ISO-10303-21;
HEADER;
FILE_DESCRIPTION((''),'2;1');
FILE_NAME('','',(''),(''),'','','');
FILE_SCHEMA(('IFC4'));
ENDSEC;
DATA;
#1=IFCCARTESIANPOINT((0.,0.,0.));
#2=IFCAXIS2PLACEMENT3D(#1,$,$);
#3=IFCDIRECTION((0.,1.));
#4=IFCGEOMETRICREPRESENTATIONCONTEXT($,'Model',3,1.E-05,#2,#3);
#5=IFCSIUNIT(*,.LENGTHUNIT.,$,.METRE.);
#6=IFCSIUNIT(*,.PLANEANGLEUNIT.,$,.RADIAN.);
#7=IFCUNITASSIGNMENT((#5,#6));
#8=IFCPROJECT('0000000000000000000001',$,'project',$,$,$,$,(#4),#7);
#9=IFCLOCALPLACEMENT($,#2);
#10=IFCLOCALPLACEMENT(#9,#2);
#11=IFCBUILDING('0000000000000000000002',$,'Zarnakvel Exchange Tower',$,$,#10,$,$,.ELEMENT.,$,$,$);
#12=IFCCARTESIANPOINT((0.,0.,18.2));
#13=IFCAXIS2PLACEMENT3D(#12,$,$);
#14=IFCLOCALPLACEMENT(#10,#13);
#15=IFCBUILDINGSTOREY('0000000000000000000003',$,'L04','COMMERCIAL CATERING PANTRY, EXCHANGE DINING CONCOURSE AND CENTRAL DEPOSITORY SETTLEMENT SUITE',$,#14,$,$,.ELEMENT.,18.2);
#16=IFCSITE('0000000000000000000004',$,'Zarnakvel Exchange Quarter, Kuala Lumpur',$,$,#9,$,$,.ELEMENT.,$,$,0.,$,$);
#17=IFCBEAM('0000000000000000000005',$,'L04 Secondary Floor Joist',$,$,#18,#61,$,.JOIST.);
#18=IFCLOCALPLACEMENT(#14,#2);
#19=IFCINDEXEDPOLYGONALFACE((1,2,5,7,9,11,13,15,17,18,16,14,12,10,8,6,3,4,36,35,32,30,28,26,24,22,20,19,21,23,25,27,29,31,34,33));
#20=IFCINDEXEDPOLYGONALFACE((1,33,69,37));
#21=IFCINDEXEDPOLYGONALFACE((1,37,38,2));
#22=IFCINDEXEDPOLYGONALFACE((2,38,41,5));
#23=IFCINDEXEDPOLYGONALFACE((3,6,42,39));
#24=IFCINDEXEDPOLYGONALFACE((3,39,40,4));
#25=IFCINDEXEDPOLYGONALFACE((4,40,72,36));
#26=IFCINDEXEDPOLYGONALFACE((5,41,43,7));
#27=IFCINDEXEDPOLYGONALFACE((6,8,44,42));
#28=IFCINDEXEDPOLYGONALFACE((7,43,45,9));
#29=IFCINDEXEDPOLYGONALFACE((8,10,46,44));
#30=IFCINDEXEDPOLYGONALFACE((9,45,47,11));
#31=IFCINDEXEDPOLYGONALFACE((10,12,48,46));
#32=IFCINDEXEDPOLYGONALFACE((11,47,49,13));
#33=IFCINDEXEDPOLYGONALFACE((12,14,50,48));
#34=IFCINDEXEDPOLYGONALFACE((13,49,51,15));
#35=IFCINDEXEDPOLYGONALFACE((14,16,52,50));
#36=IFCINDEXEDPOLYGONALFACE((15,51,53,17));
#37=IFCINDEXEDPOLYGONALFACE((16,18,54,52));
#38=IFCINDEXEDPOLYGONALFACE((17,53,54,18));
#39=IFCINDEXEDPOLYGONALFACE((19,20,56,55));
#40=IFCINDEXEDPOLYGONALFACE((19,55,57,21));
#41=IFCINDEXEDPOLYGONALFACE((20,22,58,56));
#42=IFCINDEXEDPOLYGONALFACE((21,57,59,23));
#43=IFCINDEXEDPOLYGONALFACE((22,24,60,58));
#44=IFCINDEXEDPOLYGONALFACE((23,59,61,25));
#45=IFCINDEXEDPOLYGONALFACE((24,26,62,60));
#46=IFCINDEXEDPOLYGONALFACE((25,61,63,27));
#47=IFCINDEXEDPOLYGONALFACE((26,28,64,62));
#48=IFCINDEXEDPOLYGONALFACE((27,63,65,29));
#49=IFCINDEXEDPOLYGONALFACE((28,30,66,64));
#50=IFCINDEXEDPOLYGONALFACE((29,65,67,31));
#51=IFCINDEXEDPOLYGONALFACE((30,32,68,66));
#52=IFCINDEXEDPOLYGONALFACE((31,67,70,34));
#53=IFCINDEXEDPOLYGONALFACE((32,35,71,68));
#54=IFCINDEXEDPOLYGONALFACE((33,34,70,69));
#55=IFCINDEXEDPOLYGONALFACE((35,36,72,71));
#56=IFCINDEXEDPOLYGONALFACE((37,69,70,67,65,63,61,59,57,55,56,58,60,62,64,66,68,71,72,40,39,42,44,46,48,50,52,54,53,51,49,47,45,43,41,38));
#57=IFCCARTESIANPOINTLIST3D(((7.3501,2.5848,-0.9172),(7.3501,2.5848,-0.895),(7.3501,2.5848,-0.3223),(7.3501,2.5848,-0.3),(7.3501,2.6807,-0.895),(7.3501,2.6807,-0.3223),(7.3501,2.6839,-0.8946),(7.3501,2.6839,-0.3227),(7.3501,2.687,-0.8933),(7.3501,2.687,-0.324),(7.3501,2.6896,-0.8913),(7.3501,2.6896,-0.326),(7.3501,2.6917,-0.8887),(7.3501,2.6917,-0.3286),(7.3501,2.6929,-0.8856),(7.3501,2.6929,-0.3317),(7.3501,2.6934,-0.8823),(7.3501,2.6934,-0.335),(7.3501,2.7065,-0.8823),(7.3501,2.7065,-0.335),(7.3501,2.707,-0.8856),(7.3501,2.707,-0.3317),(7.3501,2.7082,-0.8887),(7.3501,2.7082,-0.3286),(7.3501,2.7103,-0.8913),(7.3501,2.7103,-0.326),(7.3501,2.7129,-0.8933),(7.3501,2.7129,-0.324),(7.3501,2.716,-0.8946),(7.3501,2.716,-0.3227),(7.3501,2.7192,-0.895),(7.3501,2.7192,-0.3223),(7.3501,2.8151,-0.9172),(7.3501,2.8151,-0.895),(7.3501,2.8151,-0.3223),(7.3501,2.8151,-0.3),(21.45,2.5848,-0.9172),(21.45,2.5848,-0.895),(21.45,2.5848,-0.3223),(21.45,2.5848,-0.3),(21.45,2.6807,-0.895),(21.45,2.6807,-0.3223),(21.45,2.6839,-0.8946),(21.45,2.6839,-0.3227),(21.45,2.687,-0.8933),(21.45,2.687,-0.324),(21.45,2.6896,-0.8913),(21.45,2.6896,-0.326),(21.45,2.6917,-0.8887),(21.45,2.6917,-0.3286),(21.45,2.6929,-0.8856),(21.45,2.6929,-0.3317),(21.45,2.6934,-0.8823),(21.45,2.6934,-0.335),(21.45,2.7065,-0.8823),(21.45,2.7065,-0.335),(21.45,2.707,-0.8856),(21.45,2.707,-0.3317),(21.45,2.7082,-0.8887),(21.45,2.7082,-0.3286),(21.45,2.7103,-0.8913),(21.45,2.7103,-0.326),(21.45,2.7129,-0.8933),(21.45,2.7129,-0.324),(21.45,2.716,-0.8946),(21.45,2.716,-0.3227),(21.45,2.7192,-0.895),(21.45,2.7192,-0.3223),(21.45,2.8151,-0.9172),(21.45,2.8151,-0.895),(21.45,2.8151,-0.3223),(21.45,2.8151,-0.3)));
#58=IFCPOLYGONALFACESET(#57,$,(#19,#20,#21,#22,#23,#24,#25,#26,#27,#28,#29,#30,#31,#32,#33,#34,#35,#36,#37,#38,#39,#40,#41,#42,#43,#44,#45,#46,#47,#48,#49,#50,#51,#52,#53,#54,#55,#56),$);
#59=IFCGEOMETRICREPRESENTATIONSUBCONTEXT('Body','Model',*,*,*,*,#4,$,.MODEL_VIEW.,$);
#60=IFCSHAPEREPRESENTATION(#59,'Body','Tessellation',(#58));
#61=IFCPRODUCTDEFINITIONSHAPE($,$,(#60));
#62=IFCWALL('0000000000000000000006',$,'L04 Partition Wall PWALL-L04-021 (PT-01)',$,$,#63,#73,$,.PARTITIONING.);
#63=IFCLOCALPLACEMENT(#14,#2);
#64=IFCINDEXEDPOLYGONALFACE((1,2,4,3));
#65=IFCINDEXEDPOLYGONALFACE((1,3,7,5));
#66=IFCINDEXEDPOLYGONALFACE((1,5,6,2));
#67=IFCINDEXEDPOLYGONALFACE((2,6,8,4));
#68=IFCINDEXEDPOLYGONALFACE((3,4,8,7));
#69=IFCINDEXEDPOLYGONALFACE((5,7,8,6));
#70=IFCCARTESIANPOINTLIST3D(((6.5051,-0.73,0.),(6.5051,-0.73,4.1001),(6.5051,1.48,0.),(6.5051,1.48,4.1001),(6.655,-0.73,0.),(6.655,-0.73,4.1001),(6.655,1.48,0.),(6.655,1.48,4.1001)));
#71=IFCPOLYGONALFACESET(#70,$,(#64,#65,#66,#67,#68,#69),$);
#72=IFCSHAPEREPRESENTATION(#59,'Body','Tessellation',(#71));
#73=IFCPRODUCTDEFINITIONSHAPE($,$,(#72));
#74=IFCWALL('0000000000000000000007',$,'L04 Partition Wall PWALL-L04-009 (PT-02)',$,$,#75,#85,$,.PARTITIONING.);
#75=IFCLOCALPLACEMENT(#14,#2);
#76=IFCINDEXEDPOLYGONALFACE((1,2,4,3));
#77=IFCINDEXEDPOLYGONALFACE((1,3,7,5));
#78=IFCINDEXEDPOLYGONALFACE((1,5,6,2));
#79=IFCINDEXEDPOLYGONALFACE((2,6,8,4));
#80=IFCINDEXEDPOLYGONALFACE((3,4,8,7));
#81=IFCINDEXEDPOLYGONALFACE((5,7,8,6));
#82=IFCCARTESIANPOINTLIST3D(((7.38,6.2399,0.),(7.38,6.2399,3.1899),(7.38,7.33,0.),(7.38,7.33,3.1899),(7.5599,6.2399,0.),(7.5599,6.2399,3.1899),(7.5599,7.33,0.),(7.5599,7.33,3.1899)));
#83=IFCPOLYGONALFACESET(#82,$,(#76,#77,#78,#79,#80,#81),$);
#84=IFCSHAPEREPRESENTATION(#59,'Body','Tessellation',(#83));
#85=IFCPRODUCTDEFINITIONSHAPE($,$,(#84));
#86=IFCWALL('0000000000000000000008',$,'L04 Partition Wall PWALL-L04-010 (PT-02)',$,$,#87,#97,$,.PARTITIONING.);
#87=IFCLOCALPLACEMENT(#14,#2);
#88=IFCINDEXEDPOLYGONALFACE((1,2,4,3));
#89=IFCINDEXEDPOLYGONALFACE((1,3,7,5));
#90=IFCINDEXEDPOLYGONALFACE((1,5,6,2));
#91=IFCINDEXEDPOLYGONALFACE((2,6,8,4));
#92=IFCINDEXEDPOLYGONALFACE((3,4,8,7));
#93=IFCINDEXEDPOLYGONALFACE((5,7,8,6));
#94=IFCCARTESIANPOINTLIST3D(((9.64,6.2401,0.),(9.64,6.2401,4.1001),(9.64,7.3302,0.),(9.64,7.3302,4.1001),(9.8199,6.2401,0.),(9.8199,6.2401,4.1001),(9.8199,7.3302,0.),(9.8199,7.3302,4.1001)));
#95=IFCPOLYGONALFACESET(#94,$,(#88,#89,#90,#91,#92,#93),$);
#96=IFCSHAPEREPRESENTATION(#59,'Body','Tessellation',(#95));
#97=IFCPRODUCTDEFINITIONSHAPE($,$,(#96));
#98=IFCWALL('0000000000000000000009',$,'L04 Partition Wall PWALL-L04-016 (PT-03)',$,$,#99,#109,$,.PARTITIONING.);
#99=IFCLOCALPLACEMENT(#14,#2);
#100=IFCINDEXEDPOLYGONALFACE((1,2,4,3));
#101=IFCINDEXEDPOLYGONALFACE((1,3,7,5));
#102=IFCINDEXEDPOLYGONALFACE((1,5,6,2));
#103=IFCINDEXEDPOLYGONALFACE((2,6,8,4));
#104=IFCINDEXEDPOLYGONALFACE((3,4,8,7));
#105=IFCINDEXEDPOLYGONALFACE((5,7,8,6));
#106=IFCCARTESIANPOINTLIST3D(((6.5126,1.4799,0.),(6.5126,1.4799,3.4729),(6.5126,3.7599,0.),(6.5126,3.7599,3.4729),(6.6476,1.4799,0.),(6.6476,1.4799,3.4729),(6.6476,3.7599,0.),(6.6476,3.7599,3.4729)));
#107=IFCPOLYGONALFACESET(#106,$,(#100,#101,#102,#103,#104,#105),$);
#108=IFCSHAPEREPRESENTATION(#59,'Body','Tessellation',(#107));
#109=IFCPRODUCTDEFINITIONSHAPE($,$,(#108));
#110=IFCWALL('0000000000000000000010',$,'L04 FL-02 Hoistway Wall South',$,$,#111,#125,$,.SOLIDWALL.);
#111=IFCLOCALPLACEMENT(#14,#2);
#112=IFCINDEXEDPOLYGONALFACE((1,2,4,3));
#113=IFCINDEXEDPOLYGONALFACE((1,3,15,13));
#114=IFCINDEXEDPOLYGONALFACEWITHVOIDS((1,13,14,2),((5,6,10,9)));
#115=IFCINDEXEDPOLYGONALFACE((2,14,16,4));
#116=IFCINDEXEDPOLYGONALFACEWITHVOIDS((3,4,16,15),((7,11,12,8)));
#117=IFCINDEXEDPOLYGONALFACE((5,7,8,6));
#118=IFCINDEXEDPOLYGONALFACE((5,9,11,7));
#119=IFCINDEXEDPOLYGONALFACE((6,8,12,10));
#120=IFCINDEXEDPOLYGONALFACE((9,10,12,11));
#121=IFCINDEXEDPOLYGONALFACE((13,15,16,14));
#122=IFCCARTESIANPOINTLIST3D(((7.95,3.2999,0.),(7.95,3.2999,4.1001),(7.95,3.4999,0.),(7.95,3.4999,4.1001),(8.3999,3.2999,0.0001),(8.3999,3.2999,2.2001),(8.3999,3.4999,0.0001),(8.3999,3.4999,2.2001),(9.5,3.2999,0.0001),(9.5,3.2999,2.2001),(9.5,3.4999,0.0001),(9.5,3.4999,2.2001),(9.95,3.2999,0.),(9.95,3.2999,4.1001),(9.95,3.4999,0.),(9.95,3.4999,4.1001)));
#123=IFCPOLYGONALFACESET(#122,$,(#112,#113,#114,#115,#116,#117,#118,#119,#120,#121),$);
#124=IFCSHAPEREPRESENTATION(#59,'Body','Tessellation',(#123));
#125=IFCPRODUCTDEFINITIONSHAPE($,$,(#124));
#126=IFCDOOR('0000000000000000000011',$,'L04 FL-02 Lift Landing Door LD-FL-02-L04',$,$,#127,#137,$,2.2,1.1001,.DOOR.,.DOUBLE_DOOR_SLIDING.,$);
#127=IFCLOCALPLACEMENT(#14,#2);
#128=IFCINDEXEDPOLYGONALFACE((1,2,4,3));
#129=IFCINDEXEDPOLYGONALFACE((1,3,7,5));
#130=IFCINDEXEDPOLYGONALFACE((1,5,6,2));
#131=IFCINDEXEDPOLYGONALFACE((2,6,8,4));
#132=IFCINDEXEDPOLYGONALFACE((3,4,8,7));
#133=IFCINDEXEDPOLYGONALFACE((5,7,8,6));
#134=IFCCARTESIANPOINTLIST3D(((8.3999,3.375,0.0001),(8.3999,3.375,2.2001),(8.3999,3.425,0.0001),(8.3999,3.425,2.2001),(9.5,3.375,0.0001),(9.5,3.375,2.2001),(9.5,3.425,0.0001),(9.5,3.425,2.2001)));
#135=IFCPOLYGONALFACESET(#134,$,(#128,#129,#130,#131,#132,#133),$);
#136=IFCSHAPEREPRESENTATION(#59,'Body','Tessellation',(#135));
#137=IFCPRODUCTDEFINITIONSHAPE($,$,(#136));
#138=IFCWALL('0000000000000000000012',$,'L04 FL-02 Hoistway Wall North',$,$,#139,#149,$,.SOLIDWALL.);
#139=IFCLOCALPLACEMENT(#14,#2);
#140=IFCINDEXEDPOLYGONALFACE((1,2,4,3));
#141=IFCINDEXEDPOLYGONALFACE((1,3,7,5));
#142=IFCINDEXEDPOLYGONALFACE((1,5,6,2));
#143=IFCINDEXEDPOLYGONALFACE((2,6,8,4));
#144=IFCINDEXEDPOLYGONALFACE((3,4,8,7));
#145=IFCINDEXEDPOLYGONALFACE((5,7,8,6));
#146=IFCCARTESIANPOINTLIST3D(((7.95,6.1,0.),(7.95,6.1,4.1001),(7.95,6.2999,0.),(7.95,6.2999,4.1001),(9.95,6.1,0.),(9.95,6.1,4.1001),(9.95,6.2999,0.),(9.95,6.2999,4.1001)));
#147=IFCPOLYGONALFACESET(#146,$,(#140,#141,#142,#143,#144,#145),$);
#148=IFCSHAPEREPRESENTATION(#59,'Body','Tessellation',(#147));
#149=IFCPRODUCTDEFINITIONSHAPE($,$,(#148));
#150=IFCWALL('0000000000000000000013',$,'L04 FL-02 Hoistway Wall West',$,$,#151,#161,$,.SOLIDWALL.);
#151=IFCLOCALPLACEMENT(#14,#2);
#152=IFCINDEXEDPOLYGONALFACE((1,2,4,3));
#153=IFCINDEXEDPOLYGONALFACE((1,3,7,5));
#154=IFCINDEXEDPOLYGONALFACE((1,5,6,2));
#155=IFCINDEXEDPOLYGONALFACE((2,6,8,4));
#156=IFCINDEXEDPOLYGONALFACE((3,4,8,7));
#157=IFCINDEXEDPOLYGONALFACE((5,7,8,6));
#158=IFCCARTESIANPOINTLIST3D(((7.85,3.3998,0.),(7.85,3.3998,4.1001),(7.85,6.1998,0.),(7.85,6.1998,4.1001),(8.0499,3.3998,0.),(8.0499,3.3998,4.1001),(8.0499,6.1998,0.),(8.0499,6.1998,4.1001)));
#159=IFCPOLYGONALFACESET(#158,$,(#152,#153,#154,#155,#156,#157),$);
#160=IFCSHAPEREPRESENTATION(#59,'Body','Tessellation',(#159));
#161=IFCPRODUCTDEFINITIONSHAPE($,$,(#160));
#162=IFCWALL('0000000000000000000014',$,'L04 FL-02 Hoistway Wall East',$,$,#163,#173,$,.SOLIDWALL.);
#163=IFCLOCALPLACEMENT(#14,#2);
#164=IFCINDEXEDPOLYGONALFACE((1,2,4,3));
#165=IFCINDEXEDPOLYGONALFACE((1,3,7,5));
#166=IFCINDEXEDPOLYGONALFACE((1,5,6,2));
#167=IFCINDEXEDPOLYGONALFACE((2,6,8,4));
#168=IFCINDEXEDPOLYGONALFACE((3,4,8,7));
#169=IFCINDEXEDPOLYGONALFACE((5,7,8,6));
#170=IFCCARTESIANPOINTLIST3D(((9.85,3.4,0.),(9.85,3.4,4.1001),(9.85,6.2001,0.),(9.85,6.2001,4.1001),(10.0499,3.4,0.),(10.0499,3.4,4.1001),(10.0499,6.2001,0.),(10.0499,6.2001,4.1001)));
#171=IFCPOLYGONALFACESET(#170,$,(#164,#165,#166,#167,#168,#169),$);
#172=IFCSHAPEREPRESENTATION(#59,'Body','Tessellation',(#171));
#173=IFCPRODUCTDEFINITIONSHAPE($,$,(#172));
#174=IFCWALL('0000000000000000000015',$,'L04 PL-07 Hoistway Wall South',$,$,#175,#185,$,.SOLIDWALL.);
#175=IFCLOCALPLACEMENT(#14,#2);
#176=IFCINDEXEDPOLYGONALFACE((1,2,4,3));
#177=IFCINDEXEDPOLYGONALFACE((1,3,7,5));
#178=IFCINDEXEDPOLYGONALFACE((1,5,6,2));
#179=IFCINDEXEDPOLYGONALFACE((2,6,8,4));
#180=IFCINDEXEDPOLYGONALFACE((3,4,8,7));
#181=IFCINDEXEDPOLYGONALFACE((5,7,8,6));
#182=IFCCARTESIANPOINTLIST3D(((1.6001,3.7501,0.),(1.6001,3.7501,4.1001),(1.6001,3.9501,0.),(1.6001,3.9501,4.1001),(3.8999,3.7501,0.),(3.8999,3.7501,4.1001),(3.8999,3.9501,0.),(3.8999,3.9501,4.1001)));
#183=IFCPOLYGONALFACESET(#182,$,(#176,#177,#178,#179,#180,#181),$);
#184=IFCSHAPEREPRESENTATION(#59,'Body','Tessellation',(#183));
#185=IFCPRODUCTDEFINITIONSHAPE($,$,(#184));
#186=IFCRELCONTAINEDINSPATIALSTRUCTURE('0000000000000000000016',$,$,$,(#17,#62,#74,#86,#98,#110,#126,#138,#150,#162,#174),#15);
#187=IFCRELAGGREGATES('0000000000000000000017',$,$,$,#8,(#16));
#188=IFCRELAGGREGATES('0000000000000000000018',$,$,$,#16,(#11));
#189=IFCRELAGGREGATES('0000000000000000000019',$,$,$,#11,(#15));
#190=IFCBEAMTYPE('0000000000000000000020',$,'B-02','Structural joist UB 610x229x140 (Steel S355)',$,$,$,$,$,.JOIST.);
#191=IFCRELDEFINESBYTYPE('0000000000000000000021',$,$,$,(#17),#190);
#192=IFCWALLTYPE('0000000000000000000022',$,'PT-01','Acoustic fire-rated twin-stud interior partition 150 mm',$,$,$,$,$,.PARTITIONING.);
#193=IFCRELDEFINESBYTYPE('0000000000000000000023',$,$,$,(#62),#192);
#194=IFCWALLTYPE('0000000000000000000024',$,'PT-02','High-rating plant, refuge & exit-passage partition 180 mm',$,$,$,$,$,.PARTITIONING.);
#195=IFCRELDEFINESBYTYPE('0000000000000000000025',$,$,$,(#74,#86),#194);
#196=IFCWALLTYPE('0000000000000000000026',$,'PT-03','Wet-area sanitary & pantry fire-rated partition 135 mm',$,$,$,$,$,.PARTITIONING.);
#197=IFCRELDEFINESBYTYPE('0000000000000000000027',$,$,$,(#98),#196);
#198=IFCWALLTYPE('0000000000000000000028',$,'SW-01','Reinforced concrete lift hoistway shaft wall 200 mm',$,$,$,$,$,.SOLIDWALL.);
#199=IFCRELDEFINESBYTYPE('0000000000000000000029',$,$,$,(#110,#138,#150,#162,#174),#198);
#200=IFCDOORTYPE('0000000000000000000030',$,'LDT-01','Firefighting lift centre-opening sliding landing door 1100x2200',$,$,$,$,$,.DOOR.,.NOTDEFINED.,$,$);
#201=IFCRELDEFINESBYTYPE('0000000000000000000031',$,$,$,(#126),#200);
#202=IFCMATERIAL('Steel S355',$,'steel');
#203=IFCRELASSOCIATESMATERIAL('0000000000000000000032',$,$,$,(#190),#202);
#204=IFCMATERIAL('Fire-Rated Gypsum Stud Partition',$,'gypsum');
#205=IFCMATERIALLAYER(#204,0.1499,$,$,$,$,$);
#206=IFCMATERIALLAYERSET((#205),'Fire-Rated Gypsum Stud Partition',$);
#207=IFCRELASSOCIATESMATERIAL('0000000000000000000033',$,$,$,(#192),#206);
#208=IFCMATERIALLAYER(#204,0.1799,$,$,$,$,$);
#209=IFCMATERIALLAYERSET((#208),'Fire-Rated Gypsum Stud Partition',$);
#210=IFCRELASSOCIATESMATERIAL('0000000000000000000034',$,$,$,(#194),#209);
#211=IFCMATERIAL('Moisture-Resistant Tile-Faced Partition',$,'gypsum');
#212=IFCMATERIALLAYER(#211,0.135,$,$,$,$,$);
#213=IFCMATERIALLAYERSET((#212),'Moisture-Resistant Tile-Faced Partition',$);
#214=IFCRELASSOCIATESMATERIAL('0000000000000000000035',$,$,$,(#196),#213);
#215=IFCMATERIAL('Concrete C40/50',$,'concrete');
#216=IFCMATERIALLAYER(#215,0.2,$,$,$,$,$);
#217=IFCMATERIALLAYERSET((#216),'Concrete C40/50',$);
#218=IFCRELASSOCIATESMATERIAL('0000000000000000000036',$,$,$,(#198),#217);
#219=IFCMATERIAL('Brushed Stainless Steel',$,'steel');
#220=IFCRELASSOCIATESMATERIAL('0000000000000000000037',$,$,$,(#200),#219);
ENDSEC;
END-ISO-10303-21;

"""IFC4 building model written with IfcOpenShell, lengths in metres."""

from ifc_helpers import new_model, si_unit, direction, frame, frame_2d, origin, origin_2d, place, context, subcontext, project, spatial, rectangle, i_section, extrude, source, transform, mapped, material, layer, layer_set, material_profile, profile_set, type_object, element, fill, save


model = new_model("IFC4")

# Units and contexts
model_context = context("Model", 3, precision=1e-05, world=origin(), true_north=direction((0.0, 1.0)))
body_context = subcontext(model_context, "Body", "Model", "MODEL_VIEW")
ifc_project = project(units=[si_unit("LENGTHUNIT", "METRE"), si_unit("PLANEANGLEUNIT", "RADIAN")], contexts=[model_context])

# Site, building, storey
site_placement = place(None, origin())
site = spatial("IfcSite", under=ifc_project, at=site_placement, Name="Zarnakvel Exchange Quarter, Kuala Lumpur", CompositionType="ELEMENT", RefElevation=0.0)
building_placement = place(site_placement, origin())
building = spatial("IfcBuilding", under=site, at=building_placement, Name="Zarnakvel Exchange Tower", CompositionType="ELEMENT")
storey_placement = place(building_placement, frame((0.0, 0.0, 18.2)))
storey = spatial("IfcBuildingStorey", under=building, at=storey_placement, Name="L04", Description="COMMERCIAL CATERING PANTRY, EXCHANGE DINING CONCOURSE AND CENTRAL DEPOSITORY SETTLEMENT SUITE", CompositionType="ELEMENT", Elevation=18.2)

# Beam
ifc_material_1 = material(Name="Steel S355", Category="steel")
ifc_material_profile = material_profile(ifc_material_1, i_section(OverallWidth=0.2302, OverallDepth=0.6172, WebThickness=0.0132, FlangeThickness=0.0222, FilletRadius=0.0127, at=origin_2d()))
ifc_profile_set = profile_set([ifc_material_profile], Name="Steel S355")
beam_type = type_object("IfcBeamType", Name="B-02", Description="Structural joist UB 610x229x140 (Steel S355)", PredefinedType="JOIST", material=ifc_profile_set)
beam_placement = place(storey_placement, frame((7.3501, 2.7, -0.6086), z_axis=(1.0, 0.0, 0.0), x_axis=(0.0, 1.0, 0.0)))
element("IfcBeam", 1, at=beam_placement, inside=storey, type_object=beam_type, Name="L04 Secondary Floor Joist", PredefinedType="JOIST", context=body_context, shape_type="SweptSolid", body=[
    extrude(i_section(OverallWidth=0.2302, OverallDepth=0.6172, WebThickness=0.0132, FlangeThickness=0.0222, FilletRadius=0.0127, at=origin_2d()), origin(), (0.0, 0.0, 1.0), 14.0999),
])

# Walls
ifc_material_2 = material(Name="Fire-Rated Gypsum Stud Partition", Category="gypsum")
ifc_layer_1 = layer(ifc_material_2, 0.1499)
ifc_layer_set_1 = layer_set([ifc_layer_1], Name="Fire-Rated Gypsum Stud Partition")
wall_type_1 = type_object("IfcWallType", Name="PT-01", Description="Acoustic fire-rated twin-stud interior partition 150 mm", PredefinedType="PARTITIONING", material=ifc_layer_set_1)
wall_1_placement = place(storey_placement, frame((6.5801, 1.48, 0.0), z_axis=(0.0, 0.0, 1.0), x_axis=(0.0, -1.0, 0.0)))
element("IfcWall", 2, at=wall_1_placement, inside=storey, type_object=wall_type_1, Name="L04 Partition Wall PWALL-L04-021 (PT-01)", PredefinedType="PARTITIONING", context=body_context, shape_type="SweptSolid", body=[
    extrude(rectangle(XDim=2.21, YDim=0.1499, at=frame_2d((1.105, 0.0))), origin(), (0.0, 0.0, 1.0), 4.1001),
])
ifc_layer_2 = layer(ifc_material_2, 0.1799)
ifc_layer_set_2 = layer_set([ifc_layer_2], Name="Fire-Rated Gypsum Stud Partition")
wall_type_2 = type_object("IfcWallType", Name="PT-02", Description="High-rating plant, refuge & exit-passage partition 180 mm", PredefinedType="PARTITIONING", material=ifc_layer_set_2)
wall_2_placement = place(storey_placement, frame((7.47, 6.24, 0.0), z_axis=(0.0, 0.0, 1.0), x_axis=(0.0, 1.0, 0.0)))
element("IfcWall", 3, at=wall_2_placement, inside=storey, type_object=wall_type_2, Name="L04 Partition Wall PWALL-L04-009 (PT-02)", PredefinedType="PARTITIONING", context=body_context, shape_type="SweptSolid", body=[
    extrude(rectangle(XDim=1.0901, YDim=0.1799, at=frame_2d((0.5449, 0.0))), origin(), (0.0, 0.0, 1.0), 3.1899),
])
wall_3_placement = place(storey_placement, frame((9.73, 7.3301, 0.0), z_axis=(0.0, 0.0, 1.0), x_axis=(0.0, -1.0, 0.0)))
element("IfcWall", 4, at=wall_3_placement, inside=storey, type_object=wall_type_2, Name="L04 Partition Wall PWALL-L04-010 (PT-02)", PredefinedType="PARTITIONING", context=body_context, shape_type="SweptSolid", body=[
    extrude(rectangle(XDim=1.0901, YDim=0.1799, at=frame_2d((0.5449, 0.0))), origin(), (0.0, 0.0, 1.0), 4.1001),
])
ifc_material_3 = material(Name="Moisture-Resistant Tile-Faced Partition", Category="gypsum")
ifc_layer_3 = layer(ifc_material_3, 0.135)
ifc_layer_set_3 = layer_set([ifc_layer_3], Name="Moisture-Resistant Tile-Faced Partition")
wall_type_3 = type_object("IfcWallType", Name="PT-03", Description="Wet-area sanitary & pantry fire-rated partition 135 mm", PredefinedType="PARTITIONING", material=ifc_layer_set_3)
wall_4_placement = place(storey_placement, frame((6.5801, 3.76, 0.0), z_axis=(0.0, 0.0, 1.0), x_axis=(0.0, -1.0, 0.0)))
element("IfcWall", 5, at=wall_4_placement, inside=storey, type_object=wall_type_3, Name="L04 Partition Wall PWALL-L04-016 (PT-03)", PredefinedType="PARTITIONING", context=body_context, shape_type="SweptSolid", body=[
    extrude(rectangle(XDim=2.28, YDim=0.135, at=frame_2d((1.1401, 0.0))), origin(), (0.0, 0.0, 1.0), 3.4729),
])

# Wall, opening, door
ifc_material_4 = material(Name="Concrete C40/50", Category="concrete")
ifc_layer_4 = layer(ifc_material_4, 0.2)
ifc_layer_set_4 = layer_set([ifc_layer_4], Name="Concrete C40/50")
wall_type_4 = type_object("IfcWallType", Name="SW-01", Description="Reinforced concrete lift hoistway shaft wall 200 mm", PredefinedType="SOLIDWALL", material=ifc_layer_set_4)
wall_5_placement = place(storey_placement, frame((9.95, 3.3999, 0.0), z_axis=(0.0, 0.0, 1.0), x_axis=(-1.0, 0.0, 0.0)))
wall_5 = element("IfcWall", 6, at=wall_5_placement, inside=storey, type_object=wall_type_4, Name="L04 FL-02 Hoistway Wall South", PredefinedType="SOLIDWALL", context=body_context, shape_type="SweptSolid", body=[
    extrude(rectangle(XDim=2.0, YDim=0.2, at=frame_2d((1.0, 0.0))), origin(), (0.0, 0.0, 1.0), 4.1001),
])
opening_placement = place(wall_5_placement, frame((0.45, 0.0, 0.0)))
opening = element("IfcOpeningElement", 7, at=opening_placement, cuts=wall_5, PredefinedType="OPENING", context=body_context, shape_type="SweptSolid", body=[
    extrude(rectangle(XDim=1.1001, YDim=2.2, at=frame_2d((0.55, 1.1001))), frame((0.0, 0.1099, 0.0), z_axis=(0.0, -1.0, 0.0), x_axis=(1.0, 0.0, 0.0)), (0.0, 0.0, 1.0), 0.22),
])
ifc_material_5 = material(Name="Brushed Stainless Steel", Category="steel")
door_type = type_object("IfcDoorType", Name="LDT-01", Description="Firefighting lift centre-opening sliding landing door 1100x2200", OperationType="NOTDEFINED", PredefinedType="DOOR", material=ifc_material_5)
shared_shape_1 = source(origin(), body_context, "Body", "SweptSolid", [
    extrude(rectangle(XDim=1.1001, YDim=2.2, at=frame_2d((0.55, 1.1001))), frame((0.0, 0.0249, 0.0), z_axis=(0.0, -1.0, 0.0), x_axis=(1.0, 0.0, 0.0)), (0.0, 0.0, 1.0), 0.05),
])
door_placement = place(opening_placement, origin())
door = element("IfcDoor", 8, at=door_placement, inside=storey, type_object=door_type, Name="L04 FL-02 Lift Landing Door LD-FL-02-L04", OperationType="DOUBLE_DOOR_SLIDING", OverallHeight=2.2, OverallWidth=1.1001, PredefinedType="DOOR", context=body_context, shape_type="MappedRepresentation", body=[
    mapped(shared_shape_1, transform((0.0, 0.0, 0.0), x_axis=(1.0, 0.0, 0.0), y_axis=(0.0, 1.0, 0.0), z_axis=(0.0, 0.0, 1.0), scale=1.0)),
])
fill(opening, door)

# Walls
wall_6_placement = place(storey_placement, frame((7.95, 6.2, 0.0), z_axis=(0.0, 0.0, 1.0), x_axis=(1.0, 0.0, 0.0)))
element("IfcWall", 9, at=wall_6_placement, inside=storey, type_object=wall_type_4, Name="L04 FL-02 Hoistway Wall North", PredefinedType="SOLIDWALL", context=body_context, shape_type="SweptSolid", body=[
    extrude(rectangle(XDim=2.0, YDim=0.2, at=frame_2d((1.0, 0.0))), origin(), (0.0, 0.0, 1.0), 4.1001),
])
for number, where, z_axis, x_axis, name in (
    (10, (7.95, 3.3999, 0.0), (0.0, 0.0, 1.0), (0.0, 1.0, 0.0), "L04 FL-02 Hoistway Wall West"),
    (11, (9.95, 6.2, 0.0), (0.0, 0.0, 1.0), (0.0, -1.0, 0.0), "L04 FL-02 Hoistway Wall East"),
):
    element("IfcWall", number, at=place(storey_placement, frame(where, z_axis=z_axis, x_axis=x_axis)), inside=storey, type_object=wall_type_4, Name=name, PredefinedType="SOLIDWALL", context=body_context, shape_type="SweptSolid", body=[
        extrude(rectangle(XDim=2.8, YDim=0.2, at=frame_2d((1.3999, 0.0))), origin(), (0.0, 0.0, 1.0), 4.1001),
    ])
for number, where, z_axis, x_axis, name in (
    (12, (3.8999, 3.8501, 0.0), (0.0, 0.0, 1.0), (-1.0, 0.0, 0.0), "L04 PL-07 Hoistway Wall South"),
):
    element("IfcWall", number, at=place(storey_placement, frame(where, z_axis=z_axis, x_axis=x_axis)), inside=storey, type_object=wall_type_4, Name=name, PredefinedType="SOLIDWALL", context=body_context, shape_type="SweptSolid", body=[
        extrude(rectangle(XDim=2.2998, YDim=0.2, at=frame_2d((1.1499, 0.0))), origin(), (0.0, 0.0, 1.0), 4.1001),
    ])

save(model, "model.ifc")
